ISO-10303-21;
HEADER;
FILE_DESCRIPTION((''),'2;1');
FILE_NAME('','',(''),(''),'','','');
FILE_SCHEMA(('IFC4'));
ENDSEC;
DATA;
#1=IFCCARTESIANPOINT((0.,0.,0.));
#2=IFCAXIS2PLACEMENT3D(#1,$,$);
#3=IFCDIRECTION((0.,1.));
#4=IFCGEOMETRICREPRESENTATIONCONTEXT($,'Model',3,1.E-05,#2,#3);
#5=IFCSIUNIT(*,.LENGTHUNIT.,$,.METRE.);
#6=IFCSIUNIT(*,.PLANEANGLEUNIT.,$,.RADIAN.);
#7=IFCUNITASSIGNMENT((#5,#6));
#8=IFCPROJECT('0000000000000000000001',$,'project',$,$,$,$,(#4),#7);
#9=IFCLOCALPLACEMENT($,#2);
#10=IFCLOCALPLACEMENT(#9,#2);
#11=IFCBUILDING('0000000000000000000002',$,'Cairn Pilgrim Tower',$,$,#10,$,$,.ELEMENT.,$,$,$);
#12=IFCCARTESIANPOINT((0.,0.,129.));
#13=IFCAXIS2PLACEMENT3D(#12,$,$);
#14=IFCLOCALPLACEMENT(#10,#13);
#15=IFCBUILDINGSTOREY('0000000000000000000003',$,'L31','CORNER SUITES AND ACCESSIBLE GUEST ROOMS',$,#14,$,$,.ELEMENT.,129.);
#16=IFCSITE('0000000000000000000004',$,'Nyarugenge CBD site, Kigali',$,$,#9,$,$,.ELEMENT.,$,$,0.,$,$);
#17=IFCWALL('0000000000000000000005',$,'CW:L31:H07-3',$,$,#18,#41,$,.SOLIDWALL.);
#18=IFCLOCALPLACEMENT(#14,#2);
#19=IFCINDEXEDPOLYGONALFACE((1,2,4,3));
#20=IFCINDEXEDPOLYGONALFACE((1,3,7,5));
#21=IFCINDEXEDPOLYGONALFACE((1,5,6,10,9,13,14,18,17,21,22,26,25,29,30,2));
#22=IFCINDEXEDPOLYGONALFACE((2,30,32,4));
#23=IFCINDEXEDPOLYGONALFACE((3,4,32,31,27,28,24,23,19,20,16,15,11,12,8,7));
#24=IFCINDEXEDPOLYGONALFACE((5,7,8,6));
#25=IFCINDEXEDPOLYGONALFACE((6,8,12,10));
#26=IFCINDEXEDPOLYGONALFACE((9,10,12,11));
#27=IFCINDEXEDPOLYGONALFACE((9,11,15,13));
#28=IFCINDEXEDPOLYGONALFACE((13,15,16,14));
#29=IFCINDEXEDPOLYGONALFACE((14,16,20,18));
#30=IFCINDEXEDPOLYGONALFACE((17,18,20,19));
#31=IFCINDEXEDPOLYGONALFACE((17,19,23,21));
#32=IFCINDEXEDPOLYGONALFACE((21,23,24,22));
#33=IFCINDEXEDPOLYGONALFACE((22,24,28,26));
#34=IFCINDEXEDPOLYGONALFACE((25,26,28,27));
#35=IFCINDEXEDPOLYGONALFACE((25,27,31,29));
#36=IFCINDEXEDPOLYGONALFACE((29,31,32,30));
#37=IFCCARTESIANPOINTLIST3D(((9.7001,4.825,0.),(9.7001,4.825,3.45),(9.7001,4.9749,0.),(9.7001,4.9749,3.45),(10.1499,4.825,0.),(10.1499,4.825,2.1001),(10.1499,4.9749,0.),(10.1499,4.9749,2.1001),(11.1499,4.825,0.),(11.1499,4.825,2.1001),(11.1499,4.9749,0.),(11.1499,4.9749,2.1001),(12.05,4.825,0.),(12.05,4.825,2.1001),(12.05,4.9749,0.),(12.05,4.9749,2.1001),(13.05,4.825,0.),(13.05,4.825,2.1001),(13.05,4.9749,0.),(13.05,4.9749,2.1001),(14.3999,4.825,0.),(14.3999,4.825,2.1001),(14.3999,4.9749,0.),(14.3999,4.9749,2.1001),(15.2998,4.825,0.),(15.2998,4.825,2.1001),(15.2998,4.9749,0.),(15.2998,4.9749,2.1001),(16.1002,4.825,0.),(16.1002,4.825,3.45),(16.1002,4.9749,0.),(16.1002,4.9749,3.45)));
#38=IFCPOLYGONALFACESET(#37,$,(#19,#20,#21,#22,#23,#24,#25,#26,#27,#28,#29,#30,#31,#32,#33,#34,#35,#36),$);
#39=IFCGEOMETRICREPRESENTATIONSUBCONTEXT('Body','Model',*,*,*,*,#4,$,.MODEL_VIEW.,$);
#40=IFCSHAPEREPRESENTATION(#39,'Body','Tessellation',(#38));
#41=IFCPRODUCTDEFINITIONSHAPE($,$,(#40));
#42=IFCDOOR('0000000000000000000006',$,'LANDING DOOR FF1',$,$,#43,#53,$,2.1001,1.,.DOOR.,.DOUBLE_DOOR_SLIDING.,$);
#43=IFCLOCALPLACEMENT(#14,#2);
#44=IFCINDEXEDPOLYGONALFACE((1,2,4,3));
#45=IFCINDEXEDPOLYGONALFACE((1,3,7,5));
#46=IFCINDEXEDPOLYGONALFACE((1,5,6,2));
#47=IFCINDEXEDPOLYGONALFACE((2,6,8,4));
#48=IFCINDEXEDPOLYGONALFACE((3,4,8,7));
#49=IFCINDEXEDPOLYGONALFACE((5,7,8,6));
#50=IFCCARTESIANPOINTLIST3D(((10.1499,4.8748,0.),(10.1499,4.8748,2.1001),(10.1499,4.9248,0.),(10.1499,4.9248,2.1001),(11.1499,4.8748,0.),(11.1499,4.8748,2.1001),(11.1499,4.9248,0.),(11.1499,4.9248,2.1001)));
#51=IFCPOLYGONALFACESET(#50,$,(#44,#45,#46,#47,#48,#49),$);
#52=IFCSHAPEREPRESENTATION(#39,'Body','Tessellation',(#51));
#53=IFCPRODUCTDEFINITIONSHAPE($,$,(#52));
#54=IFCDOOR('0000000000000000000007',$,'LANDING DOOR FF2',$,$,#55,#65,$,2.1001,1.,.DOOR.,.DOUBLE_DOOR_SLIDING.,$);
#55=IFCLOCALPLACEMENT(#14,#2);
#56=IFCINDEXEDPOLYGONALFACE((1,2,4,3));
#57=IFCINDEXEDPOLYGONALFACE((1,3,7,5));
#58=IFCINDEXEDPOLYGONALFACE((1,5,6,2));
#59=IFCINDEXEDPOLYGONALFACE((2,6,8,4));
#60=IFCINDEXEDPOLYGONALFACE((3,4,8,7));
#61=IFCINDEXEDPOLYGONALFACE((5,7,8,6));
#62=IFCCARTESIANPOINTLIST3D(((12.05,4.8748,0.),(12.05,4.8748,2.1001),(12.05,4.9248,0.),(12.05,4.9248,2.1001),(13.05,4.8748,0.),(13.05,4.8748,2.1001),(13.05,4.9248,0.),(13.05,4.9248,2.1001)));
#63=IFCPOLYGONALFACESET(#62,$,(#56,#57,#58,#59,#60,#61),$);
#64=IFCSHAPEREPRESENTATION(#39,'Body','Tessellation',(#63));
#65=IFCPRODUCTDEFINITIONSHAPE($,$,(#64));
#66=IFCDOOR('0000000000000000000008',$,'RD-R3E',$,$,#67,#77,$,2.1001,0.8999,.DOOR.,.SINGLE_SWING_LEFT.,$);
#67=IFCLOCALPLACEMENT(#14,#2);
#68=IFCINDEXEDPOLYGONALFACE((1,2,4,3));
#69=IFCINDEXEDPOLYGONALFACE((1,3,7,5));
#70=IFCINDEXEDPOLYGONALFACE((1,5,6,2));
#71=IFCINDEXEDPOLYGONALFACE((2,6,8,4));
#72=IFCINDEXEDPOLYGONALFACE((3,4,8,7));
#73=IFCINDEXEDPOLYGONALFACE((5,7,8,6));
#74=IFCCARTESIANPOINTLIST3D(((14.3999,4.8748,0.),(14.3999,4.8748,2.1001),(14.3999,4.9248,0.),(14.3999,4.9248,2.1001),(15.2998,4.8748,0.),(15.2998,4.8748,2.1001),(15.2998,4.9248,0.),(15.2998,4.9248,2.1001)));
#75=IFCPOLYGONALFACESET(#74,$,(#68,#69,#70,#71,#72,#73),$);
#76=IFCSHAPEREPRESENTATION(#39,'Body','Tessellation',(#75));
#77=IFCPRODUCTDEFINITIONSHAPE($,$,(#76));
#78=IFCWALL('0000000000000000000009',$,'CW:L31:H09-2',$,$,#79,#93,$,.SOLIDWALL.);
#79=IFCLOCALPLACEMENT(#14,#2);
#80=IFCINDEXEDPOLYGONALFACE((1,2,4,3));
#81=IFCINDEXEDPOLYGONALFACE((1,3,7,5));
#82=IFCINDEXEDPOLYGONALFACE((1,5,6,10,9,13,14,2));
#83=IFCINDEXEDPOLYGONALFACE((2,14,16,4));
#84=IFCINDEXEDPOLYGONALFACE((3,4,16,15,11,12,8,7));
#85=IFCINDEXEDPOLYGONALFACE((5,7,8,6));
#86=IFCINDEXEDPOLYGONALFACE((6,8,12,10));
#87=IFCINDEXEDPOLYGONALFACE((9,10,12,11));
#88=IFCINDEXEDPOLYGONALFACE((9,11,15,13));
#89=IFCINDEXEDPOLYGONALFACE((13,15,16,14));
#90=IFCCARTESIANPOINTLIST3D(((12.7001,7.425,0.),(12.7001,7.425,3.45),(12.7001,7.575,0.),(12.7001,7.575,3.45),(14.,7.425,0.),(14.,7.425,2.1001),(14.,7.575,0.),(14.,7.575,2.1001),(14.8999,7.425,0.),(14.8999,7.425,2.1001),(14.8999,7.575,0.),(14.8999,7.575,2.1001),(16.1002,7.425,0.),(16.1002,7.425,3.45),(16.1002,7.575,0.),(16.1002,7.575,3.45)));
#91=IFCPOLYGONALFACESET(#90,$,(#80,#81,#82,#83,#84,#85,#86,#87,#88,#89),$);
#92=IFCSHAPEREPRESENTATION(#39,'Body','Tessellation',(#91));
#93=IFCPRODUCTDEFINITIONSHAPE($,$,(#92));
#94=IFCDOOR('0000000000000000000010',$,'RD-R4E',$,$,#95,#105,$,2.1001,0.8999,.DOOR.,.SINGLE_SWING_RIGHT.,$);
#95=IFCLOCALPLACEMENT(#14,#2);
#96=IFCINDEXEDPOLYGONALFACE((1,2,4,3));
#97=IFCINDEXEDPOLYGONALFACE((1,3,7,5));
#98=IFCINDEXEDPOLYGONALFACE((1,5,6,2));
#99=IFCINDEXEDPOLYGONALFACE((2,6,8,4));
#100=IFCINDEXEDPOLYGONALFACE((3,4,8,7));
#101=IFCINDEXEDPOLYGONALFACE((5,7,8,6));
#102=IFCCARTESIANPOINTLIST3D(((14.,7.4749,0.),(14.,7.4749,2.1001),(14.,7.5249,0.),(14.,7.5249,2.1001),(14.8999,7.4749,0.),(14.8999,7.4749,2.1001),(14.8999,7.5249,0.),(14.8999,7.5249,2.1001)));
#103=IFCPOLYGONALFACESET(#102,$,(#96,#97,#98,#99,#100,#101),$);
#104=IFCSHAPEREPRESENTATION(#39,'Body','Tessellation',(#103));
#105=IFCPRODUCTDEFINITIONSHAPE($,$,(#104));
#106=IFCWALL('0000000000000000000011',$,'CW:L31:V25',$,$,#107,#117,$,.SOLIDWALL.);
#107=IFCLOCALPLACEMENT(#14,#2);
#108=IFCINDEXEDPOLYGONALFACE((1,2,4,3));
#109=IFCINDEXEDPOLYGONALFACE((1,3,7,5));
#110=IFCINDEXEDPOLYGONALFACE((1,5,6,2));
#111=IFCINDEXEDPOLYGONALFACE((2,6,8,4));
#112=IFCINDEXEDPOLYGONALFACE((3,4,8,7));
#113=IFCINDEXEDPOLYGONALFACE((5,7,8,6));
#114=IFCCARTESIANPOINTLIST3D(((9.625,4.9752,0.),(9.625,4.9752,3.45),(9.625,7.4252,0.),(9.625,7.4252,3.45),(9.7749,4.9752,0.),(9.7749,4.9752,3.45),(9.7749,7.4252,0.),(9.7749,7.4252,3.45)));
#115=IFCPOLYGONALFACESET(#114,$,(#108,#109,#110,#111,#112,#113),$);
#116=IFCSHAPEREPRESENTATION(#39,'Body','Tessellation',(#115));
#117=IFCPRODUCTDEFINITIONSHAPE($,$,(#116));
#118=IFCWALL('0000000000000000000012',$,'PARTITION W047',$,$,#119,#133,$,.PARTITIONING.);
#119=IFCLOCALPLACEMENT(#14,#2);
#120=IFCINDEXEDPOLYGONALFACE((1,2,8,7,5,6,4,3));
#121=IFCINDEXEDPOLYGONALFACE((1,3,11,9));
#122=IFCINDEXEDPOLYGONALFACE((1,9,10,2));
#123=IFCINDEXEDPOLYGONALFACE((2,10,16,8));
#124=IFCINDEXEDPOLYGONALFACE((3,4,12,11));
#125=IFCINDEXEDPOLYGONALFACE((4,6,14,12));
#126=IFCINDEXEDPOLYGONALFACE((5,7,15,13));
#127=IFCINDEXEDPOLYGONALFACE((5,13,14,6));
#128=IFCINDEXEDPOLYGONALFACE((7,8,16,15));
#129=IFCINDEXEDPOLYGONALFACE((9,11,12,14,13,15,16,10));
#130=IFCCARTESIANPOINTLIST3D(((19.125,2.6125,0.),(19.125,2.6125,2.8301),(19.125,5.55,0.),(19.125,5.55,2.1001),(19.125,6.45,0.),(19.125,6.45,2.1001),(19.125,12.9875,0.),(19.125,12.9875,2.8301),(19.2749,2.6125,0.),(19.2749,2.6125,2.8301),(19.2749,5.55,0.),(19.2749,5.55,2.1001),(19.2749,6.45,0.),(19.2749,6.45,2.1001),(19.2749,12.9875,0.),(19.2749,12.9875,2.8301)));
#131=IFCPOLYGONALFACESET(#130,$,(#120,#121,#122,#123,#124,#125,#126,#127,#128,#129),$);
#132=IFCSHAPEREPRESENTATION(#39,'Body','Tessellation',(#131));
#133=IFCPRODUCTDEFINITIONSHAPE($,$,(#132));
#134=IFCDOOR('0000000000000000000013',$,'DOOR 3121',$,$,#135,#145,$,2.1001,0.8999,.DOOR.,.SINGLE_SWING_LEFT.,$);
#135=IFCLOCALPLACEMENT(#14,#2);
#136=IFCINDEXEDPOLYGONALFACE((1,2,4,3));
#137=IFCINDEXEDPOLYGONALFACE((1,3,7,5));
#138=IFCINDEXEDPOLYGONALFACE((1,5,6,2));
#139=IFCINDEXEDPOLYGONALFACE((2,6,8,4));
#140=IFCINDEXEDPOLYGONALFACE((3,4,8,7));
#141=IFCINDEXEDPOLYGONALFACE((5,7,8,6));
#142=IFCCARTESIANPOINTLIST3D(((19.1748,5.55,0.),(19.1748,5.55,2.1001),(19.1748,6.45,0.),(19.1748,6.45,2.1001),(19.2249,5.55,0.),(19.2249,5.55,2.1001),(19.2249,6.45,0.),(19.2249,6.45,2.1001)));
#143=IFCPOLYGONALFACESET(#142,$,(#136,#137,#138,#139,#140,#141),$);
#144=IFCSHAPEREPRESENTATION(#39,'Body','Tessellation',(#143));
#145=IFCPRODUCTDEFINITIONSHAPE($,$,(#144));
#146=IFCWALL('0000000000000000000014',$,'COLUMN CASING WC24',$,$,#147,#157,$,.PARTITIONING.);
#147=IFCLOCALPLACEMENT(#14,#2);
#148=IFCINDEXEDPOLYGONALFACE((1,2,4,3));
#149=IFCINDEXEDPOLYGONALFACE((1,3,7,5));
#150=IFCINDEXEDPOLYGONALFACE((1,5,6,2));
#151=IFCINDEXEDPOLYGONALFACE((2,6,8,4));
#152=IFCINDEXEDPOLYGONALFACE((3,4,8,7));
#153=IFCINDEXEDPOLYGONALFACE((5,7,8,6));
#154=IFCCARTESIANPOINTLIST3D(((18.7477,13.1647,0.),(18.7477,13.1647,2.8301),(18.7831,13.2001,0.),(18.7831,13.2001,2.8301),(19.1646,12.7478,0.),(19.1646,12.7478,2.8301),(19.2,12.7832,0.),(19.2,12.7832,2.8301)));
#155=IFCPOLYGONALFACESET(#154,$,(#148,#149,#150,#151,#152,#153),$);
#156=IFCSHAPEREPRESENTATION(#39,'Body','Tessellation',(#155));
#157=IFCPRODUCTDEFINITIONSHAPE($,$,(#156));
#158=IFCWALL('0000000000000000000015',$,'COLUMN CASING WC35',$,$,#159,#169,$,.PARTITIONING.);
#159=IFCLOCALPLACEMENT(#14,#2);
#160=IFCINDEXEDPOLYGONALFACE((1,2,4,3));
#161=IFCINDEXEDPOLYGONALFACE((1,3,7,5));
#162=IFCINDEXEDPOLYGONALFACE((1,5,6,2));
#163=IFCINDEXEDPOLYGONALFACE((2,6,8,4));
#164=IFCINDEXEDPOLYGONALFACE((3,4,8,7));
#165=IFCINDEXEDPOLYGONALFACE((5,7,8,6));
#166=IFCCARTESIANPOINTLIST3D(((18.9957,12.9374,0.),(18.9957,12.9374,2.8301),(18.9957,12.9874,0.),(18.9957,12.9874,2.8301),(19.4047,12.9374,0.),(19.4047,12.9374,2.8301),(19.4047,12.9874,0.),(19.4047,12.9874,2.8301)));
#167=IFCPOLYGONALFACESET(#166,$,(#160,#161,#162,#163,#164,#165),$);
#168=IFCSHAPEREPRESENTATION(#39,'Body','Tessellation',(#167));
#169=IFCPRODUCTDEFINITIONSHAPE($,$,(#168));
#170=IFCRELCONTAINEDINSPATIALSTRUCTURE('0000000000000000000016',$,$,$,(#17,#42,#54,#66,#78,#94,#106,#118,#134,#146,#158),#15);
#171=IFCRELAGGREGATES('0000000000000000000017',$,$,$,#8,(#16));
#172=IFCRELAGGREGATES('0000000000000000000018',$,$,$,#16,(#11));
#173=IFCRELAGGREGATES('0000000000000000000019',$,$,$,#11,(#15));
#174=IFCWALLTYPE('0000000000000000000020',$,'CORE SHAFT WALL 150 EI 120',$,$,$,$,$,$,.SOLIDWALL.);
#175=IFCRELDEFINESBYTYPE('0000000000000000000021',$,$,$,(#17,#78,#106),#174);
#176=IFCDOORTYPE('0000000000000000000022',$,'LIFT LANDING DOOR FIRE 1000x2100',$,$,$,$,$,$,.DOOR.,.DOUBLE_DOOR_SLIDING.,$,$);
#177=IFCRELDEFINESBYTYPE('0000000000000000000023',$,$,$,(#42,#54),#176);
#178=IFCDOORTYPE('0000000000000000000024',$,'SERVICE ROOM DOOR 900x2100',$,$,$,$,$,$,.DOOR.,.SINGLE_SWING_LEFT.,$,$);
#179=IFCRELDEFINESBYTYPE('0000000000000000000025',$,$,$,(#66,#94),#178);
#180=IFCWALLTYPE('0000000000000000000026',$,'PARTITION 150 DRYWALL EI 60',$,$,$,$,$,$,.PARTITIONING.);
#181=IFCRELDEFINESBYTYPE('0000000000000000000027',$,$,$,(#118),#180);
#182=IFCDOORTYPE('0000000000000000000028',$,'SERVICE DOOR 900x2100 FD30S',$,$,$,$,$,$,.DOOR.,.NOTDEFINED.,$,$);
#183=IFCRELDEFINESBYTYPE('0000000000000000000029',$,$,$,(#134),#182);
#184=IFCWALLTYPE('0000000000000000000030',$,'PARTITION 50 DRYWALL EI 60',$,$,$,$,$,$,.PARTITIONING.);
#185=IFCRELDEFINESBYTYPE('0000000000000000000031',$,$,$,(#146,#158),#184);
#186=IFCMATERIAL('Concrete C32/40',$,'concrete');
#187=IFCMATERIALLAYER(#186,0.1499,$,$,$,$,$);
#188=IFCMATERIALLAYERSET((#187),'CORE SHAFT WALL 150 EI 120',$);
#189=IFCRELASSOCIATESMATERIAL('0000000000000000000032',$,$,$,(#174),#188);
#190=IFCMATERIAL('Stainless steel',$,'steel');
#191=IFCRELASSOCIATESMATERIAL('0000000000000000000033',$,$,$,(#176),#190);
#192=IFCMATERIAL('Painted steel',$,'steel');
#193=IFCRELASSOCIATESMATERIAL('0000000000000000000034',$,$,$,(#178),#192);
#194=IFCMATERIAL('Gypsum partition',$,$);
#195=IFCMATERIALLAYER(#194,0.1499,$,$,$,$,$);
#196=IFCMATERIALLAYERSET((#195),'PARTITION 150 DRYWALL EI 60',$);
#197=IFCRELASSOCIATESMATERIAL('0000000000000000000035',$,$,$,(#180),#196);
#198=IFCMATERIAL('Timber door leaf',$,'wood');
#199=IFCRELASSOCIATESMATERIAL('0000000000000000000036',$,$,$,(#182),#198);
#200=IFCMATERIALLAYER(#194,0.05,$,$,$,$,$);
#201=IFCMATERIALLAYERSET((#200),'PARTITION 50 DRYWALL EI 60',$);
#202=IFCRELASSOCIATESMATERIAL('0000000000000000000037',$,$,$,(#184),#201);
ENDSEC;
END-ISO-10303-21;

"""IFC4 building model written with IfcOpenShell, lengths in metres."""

from ifc_helpers import new_model, si_unit, direction, frame, frame_2d, origin, place, context, subcontext, project, spatial, rectangle, extrude, material, layer, layer_set, type_object, element, fill, save


model = new_model("IFC4")

# Units and contexts
model_context = context("Model", 3, precision=1e-05, world=origin(), true_north=direction((0.0, 1.0)))
body_context = subcontext(model_context, "Body", "Model", "MODEL_VIEW")
ifc_project = project(units=[si_unit("LENGTHUNIT", "METRE"), si_unit("PLANEANGLEUNIT", "RADIAN")], contexts=[model_context])

# Site, building, storey
site_placement = place(None, origin())
site = spatial("IfcSite", under=ifc_project, at=site_placement, Name="Nyarugenge CBD site, Kigali", CompositionType="ELEMENT", RefElevation=0.0)
building_placement = place(site_placement, origin())
building = spatial("IfcBuilding", under=site, at=building_placement, Name="Cairn Pilgrim Tower", CompositionType="ELEMENT")
storey_placement = place(building_placement, frame((0.0, 0.0, 129.0)))
storey = spatial("IfcBuildingStorey", under=building, at=storey_placement, Name="L31", Description="CORNER SUITES AND ACCESSIBLE GUEST ROOMS", CompositionType="ELEMENT", Elevation=129.0)

# Shared definitions
ifc_material_1 = material(Name="Concrete C32/40", Category="concrete")

# Wall, openings, doors
ifc_layer_1 = layer(ifc_material_1, 0.1499)
ifc_layer_set_1 = layer_set([ifc_layer_1], Name="CORE SHAFT WALL 150 EI 120")
wall_type_1 = type_object("IfcWallType", Name="CORE SHAFT WALL 150 EI 120", PredefinedType="SOLIDWALL", material=ifc_layer_set_1)
wall_1_placement = place(storey_placement, frame((9.7, 4.8999, 0.0), z_axis=(0.0, 0.0, 1.0), x_axis=(1.0, 0.0, 0.0)))
wall_1 = element("IfcWall", 1, at=wall_1_placement, inside=storey, type_object=wall_type_1, Name="CW:L31:H07-3", PredefinedType="SOLIDWALL", context=body_context, shape_type="SweptSolid", body=[
    extrude(rectangle(XDim=6.4001, YDim=0.1499, at=frame_2d((3.2002, 0.0))), origin(), (0.0, 0.0, 1.0), 3.45),
])
opening_1_placement = place(wall_1_placement, frame((0.45, 0.0, 0.0)))
opening_1 = element("IfcOpeningElement", 2, at=opening_1_placement, cuts=wall_1, PredefinedType="OPENING", context=body_context, shape_type="SweptSolid", body=[
    extrude(rectangle(XDim=1.0, YDim=2.1001, at=frame_2d((0.5, 1.05))), frame((0.0, 0.085, 0.0), z_axis=(0.0, -1.0, 0.0), x_axis=(1.0, 0.0, 0.0)), (0.0, 0.0, 1.0), 0.1699),
])
opening_2_placement = place(wall_1_placement, frame((2.3501, 0.0, 0.0)))
opening_2 = element("IfcOpeningElement", 3, at=opening_2_placement, cuts=wall_1, PredefinedType="OPENING", context=body_context, shape_type="SweptSolid", body=[
    extrude(rectangle(XDim=1.0, YDim=2.1001, at=frame_2d((0.5, 1.05))), frame((0.0, 0.085, 0.0), z_axis=(0.0, -1.0, 0.0), x_axis=(1.0, 0.0, 0.0)), (0.0, 0.0, 1.0), 0.1699),
])
opening_3_placement = place(wall_1_placement, frame((4.7, 0.0, 0.0)))
opening_3 = element("IfcOpeningElement", 4, at=opening_3_placement, cuts=wall_1, PredefinedType="OPENING", context=body_context, shape_type="SweptSolid", body=[
    extrude(rectangle(XDim=0.8999, YDim=2.1001, at=frame_2d((0.45, 1.05))), frame((0.0, 0.085, 0.0), z_axis=(0.0, -1.0, 0.0), x_axis=(1.0, 0.0, 0.0)), (0.0, 0.0, 1.0), 0.1699),
])
ifc_material_2 = material(Name="Stainless steel", Category="steel")
door_type_1 = type_object("IfcDoorType", Name="LIFT LANDING DOOR FIRE 1000x2100", OperationType="DOUBLE_DOOR_SLIDING", PredefinedType="DOOR", material=ifc_material_2)
door_1_placement = place(opening_1_placement, origin())
door_1 = element("IfcDoor", 5, at=door_1_placement, inside=storey, type_object=door_type_1, Name="LANDING DOOR FF1", OperationType="DOUBLE_DOOR_SLIDING", OverallHeight=2.1001, OverallWidth=1.0, PredefinedType="DOOR", context=body_context, shape_type="SweptSolid", body=[
    extrude(rectangle(XDim=1.0, YDim=2.1001, at=frame_2d((0.5, 1.05))), frame((0.0, 0.0249, 0.0), z_axis=(0.0, -1.0, 0.0), x_axis=(1.0, 0.0, 0.0)), (0.0, 0.0, 1.0), 0.05),
])
fill(opening_1, door_1)
door_2_placement = place(opening_2_placement, origin())
door_2 = element("IfcDoor", 6, at=door_2_placement, inside=storey, type_object=door_type_1, Name="LANDING DOOR FF2", OperationType="DOUBLE_DOOR_SLIDING", OverallHeight=2.1001, OverallWidth=1.0, PredefinedType="DOOR", context=body_context, shape_type="SweptSolid", body=[
    extrude(rectangle(XDim=1.0, YDim=2.1001, at=frame_2d((0.5, 1.05))), frame((0.0, 0.0249, 0.0), z_axis=(0.0, -1.0, 0.0), x_axis=(1.0, 0.0, 0.0)), (0.0, 0.0, 1.0), 0.05),
])
fill(opening_2, door_2)
ifc_material_3 = material(Name="Painted steel", Category="steel")
door_type_2 = type_object("IfcDoorType", Name="SERVICE ROOM DOOR 900x2100", OperationType="SINGLE_SWING_LEFT", PredefinedType="DOOR", material=ifc_material_3)
door_3_placement = place(opening_3_placement, origin())
door_3 = element("IfcDoor", 7, at=door_3_placement, inside=storey, type_object=door_type_2, Name="RD-R3E", OperationType="SINGLE_SWING_LEFT", OverallHeight=2.1001, OverallWidth=0.8999, PredefinedType="DOOR", context=body_context, shape_type="SweptSolid", body=[
    extrude(rectangle(XDim=0.8999, YDim=2.1001, at=frame_2d((0.45, 1.05))), frame((0.0, 0.0249, 0.0), z_axis=(0.0, -1.0, 0.0), x_axis=(1.0, 0.0, 0.0)), (0.0, 0.0, 1.0), 0.05),
])
fill(opening_3, door_3)

# Wall, opening, door
wall_2_placement = place(storey_placement, frame((12.7, 7.5, 0.0), z_axis=(0.0, 0.0, 1.0), x_axis=(1.0, 0.0, 0.0)))
wall_2 = element("IfcWall", 8, at=wall_2_placement, inside=storey, type_object=wall_type_1, Name="CW:L31:H09-2", PredefinedType="SOLIDWALL", context=body_context, shape_type="SweptSolid", body=[
    extrude(rectangle(XDim=3.4001, YDim=0.1499, at=frame_2d((1.7002, 0.0))), origin(), (0.0, 0.0, 1.0), 3.45),
])
opening_4_placement = place(wall_2_placement, frame((1.3, 0.0, 0.0)))
opening_4 = element("IfcOpeningElement", 9, at=opening_4_placement, cuts=wall_2, PredefinedType="OPENING", context=body_context, shape_type="SweptSolid", body=[
    extrude(rectangle(XDim=0.8999, YDim=2.1001, at=frame_2d((0.45, 1.05))), frame((0.0, 0.085, 0.0), z_axis=(0.0, -1.0, 0.0), x_axis=(1.0, 0.0, 0.0)), (0.0, 0.0, 1.0), 0.1699),
])
door_4_placement = place(opening_4_placement, origin())
door_4 = element("IfcDoor", 10, at=door_4_placement, inside=storey, type_object=door_type_2, Name="RD-R4E", OperationType="SINGLE_SWING_RIGHT", OverallHeight=2.1001, OverallWidth=0.8999, PredefinedType="DOOR", context=body_context, shape_type="SweptSolid", body=[
    extrude(rectangle(XDim=0.8999, YDim=2.1001, at=frame_2d((0.45, 1.05))), frame((0.0, 0.0249, 0.0), z_axis=(0.0, -1.0, 0.0), x_axis=(1.0, 0.0, 0.0)), (0.0, 0.0, 1.0), 0.05),
])
fill(opening_4, door_4)

# Wall
wall_3_placement = place(storey_placement, frame((9.7, 4.9751, 0.0), z_axis=(0.0, 0.0, 1.0), x_axis=(0.0, 1.0, 0.0)))
element("IfcWall", 11, at=wall_3_placement, inside=storey, type_object=wall_type_1, Name="CW:L31:V25", PredefinedType="SOLIDWALL", context=body_context, shape_type="SweptSolid", body=[
    extrude(rectangle(XDim=2.45, YDim=0.1499, at=frame_2d((1.2251, 0.0))), origin(), (0.0, 0.0, 1.0), 3.45),
])

# Wall, opening, door
ifc_material_4 = material(Name="Gypsum partition")
ifc_layer_2 = layer(ifc_material_4, 0.1499)
ifc_layer_set_2 = layer_set([ifc_layer_2], Name="PARTITION 150 DRYWALL EI 60")
wall_type_2 = type_object("IfcWallType", Name="PARTITION 150 DRYWALL EI 60", PredefinedType="PARTITIONING", material=ifc_layer_set_2)
wall_4_placement = place(storey_placement, frame((19.2, 2.6125, 0.0), z_axis=(0.0, 0.0, 1.0), x_axis=(0.0, 1.0, 0.0)))
wall_4 = element("IfcWall", 12, at=wall_4_placement, inside=storey, type_object=wall_type_2, Name="PARTITION W047", PredefinedType="PARTITIONING", context=body_context, shape_type="SweptSolid", body=[
    extrude(rectangle(XDim=10.375, YDim=0.1499, at=frame_2d((5.1875, 0.0))), origin(), (0.0, 0.0, 1.0), 2.8301),
])
opening_5_placement = place(wall_4_placement, frame((2.9375, 0.0, 0.0)))
opening_5 = element("IfcOpeningElement", 13, at=opening_5_placement, cuts=wall_4, PredefinedType="OPENING", context=body_context, shape_type="SweptSolid", body=[
    extrude(rectangle(XDim=0.8999, YDim=2.1001, at=frame_2d((0.45, 1.05))), frame((0.0, 0.085, 0.0), z_axis=(0.0, -1.0, 0.0), x_axis=(1.0, 0.0, 0.0)), (0.0, 0.0, 1.0), 0.1699),
])
ifc_material_5 = material(Name="Timber door leaf", Category="wood")
door_type_3 = type_object("IfcDoorType", Name="SERVICE DOOR 900x2100 FD30S", OperationType="NOTDEFINED", PredefinedType="DOOR", material=ifc_material_5)
door_5_placement = place(opening_5_placement, frame((0.8999, 0.0, 0.0), z_axis=(0.0, 0.0, 1.0), x_axis=(-1.0, 0.0, 0.0)))
door_5 = element("IfcDoor", 14, at=door_5_placement, inside=storey, type_object=door_type_3, Name="DOOR 3121", OperationType="SINGLE_SWING_LEFT", OverallHeight=2.1001, OverallWidth=0.8999, PredefinedType="DOOR", context=body_context, shape_type="SweptSolid", body=[
    extrude(rectangle(XDim=0.8999, YDim=2.1001, at=frame_2d((0.45, 1.05))), frame((0.0, 0.0249, 0.0), z_axis=(0.0, -1.0, 0.0), x_axis=(1.0, 0.0, 0.0)), (0.0, 0.0, 1.0), 0.05),
])
fill(opening_5, door_5)

# Walls
ifc_layer_3 = layer(ifc_material_4, 0.05)
ifc_layer_set_3 = layer_set([ifc_layer_3], Name="PARTITION 50 DRYWALL EI 60")
wall_type_3 = type_object("IfcWallType", Name="PARTITION 50 DRYWALL EI 60", PredefinedType="PARTITIONING", material=ifc_layer_set_3)
wall_5_placement = place(storey_placement, frame((19.1824, 12.7654, 0.0), z_axis=(0.0, 0.0, 1.0), x_axis=(-0.707107, 0.707107, 0.0)))
element("IfcWall", 15, at=wall_5_placement, inside=storey, type_object=wall_type_3, Name="COLUMN CASING WC24", PredefinedType="PARTITIONING", context=body_context, shape_type="SweptSolid", body=[
    extrude(rectangle(XDim=0.5896, YDim=0.05, at=frame_2d((0.2949, 0.0))), origin(), (0.0, 0.0, 1.0), 2.8301),
])
wall_6_placement = place(storey_placement, frame((18.9956, 12.9624, 0.0), z_axis=(0.0, 0.0, 1.0), x_axis=(1.0, 0.0, 0.0)))
element("IfcWall", 16, at=wall_6_placement, inside=storey, type_object=wall_type_3, Name="COLUMN CASING WC35", PredefinedType="PARTITIONING", context=body_context, shape_type="SweptSolid", body=[
    extrude(rectangle(XDim=0.4089, YDim=0.05, at=frame_2d((0.2046, 0.0))), origin(), (0.0, 0.0, 1.0), 2.8301),
])

save(model, "model.ifc")
